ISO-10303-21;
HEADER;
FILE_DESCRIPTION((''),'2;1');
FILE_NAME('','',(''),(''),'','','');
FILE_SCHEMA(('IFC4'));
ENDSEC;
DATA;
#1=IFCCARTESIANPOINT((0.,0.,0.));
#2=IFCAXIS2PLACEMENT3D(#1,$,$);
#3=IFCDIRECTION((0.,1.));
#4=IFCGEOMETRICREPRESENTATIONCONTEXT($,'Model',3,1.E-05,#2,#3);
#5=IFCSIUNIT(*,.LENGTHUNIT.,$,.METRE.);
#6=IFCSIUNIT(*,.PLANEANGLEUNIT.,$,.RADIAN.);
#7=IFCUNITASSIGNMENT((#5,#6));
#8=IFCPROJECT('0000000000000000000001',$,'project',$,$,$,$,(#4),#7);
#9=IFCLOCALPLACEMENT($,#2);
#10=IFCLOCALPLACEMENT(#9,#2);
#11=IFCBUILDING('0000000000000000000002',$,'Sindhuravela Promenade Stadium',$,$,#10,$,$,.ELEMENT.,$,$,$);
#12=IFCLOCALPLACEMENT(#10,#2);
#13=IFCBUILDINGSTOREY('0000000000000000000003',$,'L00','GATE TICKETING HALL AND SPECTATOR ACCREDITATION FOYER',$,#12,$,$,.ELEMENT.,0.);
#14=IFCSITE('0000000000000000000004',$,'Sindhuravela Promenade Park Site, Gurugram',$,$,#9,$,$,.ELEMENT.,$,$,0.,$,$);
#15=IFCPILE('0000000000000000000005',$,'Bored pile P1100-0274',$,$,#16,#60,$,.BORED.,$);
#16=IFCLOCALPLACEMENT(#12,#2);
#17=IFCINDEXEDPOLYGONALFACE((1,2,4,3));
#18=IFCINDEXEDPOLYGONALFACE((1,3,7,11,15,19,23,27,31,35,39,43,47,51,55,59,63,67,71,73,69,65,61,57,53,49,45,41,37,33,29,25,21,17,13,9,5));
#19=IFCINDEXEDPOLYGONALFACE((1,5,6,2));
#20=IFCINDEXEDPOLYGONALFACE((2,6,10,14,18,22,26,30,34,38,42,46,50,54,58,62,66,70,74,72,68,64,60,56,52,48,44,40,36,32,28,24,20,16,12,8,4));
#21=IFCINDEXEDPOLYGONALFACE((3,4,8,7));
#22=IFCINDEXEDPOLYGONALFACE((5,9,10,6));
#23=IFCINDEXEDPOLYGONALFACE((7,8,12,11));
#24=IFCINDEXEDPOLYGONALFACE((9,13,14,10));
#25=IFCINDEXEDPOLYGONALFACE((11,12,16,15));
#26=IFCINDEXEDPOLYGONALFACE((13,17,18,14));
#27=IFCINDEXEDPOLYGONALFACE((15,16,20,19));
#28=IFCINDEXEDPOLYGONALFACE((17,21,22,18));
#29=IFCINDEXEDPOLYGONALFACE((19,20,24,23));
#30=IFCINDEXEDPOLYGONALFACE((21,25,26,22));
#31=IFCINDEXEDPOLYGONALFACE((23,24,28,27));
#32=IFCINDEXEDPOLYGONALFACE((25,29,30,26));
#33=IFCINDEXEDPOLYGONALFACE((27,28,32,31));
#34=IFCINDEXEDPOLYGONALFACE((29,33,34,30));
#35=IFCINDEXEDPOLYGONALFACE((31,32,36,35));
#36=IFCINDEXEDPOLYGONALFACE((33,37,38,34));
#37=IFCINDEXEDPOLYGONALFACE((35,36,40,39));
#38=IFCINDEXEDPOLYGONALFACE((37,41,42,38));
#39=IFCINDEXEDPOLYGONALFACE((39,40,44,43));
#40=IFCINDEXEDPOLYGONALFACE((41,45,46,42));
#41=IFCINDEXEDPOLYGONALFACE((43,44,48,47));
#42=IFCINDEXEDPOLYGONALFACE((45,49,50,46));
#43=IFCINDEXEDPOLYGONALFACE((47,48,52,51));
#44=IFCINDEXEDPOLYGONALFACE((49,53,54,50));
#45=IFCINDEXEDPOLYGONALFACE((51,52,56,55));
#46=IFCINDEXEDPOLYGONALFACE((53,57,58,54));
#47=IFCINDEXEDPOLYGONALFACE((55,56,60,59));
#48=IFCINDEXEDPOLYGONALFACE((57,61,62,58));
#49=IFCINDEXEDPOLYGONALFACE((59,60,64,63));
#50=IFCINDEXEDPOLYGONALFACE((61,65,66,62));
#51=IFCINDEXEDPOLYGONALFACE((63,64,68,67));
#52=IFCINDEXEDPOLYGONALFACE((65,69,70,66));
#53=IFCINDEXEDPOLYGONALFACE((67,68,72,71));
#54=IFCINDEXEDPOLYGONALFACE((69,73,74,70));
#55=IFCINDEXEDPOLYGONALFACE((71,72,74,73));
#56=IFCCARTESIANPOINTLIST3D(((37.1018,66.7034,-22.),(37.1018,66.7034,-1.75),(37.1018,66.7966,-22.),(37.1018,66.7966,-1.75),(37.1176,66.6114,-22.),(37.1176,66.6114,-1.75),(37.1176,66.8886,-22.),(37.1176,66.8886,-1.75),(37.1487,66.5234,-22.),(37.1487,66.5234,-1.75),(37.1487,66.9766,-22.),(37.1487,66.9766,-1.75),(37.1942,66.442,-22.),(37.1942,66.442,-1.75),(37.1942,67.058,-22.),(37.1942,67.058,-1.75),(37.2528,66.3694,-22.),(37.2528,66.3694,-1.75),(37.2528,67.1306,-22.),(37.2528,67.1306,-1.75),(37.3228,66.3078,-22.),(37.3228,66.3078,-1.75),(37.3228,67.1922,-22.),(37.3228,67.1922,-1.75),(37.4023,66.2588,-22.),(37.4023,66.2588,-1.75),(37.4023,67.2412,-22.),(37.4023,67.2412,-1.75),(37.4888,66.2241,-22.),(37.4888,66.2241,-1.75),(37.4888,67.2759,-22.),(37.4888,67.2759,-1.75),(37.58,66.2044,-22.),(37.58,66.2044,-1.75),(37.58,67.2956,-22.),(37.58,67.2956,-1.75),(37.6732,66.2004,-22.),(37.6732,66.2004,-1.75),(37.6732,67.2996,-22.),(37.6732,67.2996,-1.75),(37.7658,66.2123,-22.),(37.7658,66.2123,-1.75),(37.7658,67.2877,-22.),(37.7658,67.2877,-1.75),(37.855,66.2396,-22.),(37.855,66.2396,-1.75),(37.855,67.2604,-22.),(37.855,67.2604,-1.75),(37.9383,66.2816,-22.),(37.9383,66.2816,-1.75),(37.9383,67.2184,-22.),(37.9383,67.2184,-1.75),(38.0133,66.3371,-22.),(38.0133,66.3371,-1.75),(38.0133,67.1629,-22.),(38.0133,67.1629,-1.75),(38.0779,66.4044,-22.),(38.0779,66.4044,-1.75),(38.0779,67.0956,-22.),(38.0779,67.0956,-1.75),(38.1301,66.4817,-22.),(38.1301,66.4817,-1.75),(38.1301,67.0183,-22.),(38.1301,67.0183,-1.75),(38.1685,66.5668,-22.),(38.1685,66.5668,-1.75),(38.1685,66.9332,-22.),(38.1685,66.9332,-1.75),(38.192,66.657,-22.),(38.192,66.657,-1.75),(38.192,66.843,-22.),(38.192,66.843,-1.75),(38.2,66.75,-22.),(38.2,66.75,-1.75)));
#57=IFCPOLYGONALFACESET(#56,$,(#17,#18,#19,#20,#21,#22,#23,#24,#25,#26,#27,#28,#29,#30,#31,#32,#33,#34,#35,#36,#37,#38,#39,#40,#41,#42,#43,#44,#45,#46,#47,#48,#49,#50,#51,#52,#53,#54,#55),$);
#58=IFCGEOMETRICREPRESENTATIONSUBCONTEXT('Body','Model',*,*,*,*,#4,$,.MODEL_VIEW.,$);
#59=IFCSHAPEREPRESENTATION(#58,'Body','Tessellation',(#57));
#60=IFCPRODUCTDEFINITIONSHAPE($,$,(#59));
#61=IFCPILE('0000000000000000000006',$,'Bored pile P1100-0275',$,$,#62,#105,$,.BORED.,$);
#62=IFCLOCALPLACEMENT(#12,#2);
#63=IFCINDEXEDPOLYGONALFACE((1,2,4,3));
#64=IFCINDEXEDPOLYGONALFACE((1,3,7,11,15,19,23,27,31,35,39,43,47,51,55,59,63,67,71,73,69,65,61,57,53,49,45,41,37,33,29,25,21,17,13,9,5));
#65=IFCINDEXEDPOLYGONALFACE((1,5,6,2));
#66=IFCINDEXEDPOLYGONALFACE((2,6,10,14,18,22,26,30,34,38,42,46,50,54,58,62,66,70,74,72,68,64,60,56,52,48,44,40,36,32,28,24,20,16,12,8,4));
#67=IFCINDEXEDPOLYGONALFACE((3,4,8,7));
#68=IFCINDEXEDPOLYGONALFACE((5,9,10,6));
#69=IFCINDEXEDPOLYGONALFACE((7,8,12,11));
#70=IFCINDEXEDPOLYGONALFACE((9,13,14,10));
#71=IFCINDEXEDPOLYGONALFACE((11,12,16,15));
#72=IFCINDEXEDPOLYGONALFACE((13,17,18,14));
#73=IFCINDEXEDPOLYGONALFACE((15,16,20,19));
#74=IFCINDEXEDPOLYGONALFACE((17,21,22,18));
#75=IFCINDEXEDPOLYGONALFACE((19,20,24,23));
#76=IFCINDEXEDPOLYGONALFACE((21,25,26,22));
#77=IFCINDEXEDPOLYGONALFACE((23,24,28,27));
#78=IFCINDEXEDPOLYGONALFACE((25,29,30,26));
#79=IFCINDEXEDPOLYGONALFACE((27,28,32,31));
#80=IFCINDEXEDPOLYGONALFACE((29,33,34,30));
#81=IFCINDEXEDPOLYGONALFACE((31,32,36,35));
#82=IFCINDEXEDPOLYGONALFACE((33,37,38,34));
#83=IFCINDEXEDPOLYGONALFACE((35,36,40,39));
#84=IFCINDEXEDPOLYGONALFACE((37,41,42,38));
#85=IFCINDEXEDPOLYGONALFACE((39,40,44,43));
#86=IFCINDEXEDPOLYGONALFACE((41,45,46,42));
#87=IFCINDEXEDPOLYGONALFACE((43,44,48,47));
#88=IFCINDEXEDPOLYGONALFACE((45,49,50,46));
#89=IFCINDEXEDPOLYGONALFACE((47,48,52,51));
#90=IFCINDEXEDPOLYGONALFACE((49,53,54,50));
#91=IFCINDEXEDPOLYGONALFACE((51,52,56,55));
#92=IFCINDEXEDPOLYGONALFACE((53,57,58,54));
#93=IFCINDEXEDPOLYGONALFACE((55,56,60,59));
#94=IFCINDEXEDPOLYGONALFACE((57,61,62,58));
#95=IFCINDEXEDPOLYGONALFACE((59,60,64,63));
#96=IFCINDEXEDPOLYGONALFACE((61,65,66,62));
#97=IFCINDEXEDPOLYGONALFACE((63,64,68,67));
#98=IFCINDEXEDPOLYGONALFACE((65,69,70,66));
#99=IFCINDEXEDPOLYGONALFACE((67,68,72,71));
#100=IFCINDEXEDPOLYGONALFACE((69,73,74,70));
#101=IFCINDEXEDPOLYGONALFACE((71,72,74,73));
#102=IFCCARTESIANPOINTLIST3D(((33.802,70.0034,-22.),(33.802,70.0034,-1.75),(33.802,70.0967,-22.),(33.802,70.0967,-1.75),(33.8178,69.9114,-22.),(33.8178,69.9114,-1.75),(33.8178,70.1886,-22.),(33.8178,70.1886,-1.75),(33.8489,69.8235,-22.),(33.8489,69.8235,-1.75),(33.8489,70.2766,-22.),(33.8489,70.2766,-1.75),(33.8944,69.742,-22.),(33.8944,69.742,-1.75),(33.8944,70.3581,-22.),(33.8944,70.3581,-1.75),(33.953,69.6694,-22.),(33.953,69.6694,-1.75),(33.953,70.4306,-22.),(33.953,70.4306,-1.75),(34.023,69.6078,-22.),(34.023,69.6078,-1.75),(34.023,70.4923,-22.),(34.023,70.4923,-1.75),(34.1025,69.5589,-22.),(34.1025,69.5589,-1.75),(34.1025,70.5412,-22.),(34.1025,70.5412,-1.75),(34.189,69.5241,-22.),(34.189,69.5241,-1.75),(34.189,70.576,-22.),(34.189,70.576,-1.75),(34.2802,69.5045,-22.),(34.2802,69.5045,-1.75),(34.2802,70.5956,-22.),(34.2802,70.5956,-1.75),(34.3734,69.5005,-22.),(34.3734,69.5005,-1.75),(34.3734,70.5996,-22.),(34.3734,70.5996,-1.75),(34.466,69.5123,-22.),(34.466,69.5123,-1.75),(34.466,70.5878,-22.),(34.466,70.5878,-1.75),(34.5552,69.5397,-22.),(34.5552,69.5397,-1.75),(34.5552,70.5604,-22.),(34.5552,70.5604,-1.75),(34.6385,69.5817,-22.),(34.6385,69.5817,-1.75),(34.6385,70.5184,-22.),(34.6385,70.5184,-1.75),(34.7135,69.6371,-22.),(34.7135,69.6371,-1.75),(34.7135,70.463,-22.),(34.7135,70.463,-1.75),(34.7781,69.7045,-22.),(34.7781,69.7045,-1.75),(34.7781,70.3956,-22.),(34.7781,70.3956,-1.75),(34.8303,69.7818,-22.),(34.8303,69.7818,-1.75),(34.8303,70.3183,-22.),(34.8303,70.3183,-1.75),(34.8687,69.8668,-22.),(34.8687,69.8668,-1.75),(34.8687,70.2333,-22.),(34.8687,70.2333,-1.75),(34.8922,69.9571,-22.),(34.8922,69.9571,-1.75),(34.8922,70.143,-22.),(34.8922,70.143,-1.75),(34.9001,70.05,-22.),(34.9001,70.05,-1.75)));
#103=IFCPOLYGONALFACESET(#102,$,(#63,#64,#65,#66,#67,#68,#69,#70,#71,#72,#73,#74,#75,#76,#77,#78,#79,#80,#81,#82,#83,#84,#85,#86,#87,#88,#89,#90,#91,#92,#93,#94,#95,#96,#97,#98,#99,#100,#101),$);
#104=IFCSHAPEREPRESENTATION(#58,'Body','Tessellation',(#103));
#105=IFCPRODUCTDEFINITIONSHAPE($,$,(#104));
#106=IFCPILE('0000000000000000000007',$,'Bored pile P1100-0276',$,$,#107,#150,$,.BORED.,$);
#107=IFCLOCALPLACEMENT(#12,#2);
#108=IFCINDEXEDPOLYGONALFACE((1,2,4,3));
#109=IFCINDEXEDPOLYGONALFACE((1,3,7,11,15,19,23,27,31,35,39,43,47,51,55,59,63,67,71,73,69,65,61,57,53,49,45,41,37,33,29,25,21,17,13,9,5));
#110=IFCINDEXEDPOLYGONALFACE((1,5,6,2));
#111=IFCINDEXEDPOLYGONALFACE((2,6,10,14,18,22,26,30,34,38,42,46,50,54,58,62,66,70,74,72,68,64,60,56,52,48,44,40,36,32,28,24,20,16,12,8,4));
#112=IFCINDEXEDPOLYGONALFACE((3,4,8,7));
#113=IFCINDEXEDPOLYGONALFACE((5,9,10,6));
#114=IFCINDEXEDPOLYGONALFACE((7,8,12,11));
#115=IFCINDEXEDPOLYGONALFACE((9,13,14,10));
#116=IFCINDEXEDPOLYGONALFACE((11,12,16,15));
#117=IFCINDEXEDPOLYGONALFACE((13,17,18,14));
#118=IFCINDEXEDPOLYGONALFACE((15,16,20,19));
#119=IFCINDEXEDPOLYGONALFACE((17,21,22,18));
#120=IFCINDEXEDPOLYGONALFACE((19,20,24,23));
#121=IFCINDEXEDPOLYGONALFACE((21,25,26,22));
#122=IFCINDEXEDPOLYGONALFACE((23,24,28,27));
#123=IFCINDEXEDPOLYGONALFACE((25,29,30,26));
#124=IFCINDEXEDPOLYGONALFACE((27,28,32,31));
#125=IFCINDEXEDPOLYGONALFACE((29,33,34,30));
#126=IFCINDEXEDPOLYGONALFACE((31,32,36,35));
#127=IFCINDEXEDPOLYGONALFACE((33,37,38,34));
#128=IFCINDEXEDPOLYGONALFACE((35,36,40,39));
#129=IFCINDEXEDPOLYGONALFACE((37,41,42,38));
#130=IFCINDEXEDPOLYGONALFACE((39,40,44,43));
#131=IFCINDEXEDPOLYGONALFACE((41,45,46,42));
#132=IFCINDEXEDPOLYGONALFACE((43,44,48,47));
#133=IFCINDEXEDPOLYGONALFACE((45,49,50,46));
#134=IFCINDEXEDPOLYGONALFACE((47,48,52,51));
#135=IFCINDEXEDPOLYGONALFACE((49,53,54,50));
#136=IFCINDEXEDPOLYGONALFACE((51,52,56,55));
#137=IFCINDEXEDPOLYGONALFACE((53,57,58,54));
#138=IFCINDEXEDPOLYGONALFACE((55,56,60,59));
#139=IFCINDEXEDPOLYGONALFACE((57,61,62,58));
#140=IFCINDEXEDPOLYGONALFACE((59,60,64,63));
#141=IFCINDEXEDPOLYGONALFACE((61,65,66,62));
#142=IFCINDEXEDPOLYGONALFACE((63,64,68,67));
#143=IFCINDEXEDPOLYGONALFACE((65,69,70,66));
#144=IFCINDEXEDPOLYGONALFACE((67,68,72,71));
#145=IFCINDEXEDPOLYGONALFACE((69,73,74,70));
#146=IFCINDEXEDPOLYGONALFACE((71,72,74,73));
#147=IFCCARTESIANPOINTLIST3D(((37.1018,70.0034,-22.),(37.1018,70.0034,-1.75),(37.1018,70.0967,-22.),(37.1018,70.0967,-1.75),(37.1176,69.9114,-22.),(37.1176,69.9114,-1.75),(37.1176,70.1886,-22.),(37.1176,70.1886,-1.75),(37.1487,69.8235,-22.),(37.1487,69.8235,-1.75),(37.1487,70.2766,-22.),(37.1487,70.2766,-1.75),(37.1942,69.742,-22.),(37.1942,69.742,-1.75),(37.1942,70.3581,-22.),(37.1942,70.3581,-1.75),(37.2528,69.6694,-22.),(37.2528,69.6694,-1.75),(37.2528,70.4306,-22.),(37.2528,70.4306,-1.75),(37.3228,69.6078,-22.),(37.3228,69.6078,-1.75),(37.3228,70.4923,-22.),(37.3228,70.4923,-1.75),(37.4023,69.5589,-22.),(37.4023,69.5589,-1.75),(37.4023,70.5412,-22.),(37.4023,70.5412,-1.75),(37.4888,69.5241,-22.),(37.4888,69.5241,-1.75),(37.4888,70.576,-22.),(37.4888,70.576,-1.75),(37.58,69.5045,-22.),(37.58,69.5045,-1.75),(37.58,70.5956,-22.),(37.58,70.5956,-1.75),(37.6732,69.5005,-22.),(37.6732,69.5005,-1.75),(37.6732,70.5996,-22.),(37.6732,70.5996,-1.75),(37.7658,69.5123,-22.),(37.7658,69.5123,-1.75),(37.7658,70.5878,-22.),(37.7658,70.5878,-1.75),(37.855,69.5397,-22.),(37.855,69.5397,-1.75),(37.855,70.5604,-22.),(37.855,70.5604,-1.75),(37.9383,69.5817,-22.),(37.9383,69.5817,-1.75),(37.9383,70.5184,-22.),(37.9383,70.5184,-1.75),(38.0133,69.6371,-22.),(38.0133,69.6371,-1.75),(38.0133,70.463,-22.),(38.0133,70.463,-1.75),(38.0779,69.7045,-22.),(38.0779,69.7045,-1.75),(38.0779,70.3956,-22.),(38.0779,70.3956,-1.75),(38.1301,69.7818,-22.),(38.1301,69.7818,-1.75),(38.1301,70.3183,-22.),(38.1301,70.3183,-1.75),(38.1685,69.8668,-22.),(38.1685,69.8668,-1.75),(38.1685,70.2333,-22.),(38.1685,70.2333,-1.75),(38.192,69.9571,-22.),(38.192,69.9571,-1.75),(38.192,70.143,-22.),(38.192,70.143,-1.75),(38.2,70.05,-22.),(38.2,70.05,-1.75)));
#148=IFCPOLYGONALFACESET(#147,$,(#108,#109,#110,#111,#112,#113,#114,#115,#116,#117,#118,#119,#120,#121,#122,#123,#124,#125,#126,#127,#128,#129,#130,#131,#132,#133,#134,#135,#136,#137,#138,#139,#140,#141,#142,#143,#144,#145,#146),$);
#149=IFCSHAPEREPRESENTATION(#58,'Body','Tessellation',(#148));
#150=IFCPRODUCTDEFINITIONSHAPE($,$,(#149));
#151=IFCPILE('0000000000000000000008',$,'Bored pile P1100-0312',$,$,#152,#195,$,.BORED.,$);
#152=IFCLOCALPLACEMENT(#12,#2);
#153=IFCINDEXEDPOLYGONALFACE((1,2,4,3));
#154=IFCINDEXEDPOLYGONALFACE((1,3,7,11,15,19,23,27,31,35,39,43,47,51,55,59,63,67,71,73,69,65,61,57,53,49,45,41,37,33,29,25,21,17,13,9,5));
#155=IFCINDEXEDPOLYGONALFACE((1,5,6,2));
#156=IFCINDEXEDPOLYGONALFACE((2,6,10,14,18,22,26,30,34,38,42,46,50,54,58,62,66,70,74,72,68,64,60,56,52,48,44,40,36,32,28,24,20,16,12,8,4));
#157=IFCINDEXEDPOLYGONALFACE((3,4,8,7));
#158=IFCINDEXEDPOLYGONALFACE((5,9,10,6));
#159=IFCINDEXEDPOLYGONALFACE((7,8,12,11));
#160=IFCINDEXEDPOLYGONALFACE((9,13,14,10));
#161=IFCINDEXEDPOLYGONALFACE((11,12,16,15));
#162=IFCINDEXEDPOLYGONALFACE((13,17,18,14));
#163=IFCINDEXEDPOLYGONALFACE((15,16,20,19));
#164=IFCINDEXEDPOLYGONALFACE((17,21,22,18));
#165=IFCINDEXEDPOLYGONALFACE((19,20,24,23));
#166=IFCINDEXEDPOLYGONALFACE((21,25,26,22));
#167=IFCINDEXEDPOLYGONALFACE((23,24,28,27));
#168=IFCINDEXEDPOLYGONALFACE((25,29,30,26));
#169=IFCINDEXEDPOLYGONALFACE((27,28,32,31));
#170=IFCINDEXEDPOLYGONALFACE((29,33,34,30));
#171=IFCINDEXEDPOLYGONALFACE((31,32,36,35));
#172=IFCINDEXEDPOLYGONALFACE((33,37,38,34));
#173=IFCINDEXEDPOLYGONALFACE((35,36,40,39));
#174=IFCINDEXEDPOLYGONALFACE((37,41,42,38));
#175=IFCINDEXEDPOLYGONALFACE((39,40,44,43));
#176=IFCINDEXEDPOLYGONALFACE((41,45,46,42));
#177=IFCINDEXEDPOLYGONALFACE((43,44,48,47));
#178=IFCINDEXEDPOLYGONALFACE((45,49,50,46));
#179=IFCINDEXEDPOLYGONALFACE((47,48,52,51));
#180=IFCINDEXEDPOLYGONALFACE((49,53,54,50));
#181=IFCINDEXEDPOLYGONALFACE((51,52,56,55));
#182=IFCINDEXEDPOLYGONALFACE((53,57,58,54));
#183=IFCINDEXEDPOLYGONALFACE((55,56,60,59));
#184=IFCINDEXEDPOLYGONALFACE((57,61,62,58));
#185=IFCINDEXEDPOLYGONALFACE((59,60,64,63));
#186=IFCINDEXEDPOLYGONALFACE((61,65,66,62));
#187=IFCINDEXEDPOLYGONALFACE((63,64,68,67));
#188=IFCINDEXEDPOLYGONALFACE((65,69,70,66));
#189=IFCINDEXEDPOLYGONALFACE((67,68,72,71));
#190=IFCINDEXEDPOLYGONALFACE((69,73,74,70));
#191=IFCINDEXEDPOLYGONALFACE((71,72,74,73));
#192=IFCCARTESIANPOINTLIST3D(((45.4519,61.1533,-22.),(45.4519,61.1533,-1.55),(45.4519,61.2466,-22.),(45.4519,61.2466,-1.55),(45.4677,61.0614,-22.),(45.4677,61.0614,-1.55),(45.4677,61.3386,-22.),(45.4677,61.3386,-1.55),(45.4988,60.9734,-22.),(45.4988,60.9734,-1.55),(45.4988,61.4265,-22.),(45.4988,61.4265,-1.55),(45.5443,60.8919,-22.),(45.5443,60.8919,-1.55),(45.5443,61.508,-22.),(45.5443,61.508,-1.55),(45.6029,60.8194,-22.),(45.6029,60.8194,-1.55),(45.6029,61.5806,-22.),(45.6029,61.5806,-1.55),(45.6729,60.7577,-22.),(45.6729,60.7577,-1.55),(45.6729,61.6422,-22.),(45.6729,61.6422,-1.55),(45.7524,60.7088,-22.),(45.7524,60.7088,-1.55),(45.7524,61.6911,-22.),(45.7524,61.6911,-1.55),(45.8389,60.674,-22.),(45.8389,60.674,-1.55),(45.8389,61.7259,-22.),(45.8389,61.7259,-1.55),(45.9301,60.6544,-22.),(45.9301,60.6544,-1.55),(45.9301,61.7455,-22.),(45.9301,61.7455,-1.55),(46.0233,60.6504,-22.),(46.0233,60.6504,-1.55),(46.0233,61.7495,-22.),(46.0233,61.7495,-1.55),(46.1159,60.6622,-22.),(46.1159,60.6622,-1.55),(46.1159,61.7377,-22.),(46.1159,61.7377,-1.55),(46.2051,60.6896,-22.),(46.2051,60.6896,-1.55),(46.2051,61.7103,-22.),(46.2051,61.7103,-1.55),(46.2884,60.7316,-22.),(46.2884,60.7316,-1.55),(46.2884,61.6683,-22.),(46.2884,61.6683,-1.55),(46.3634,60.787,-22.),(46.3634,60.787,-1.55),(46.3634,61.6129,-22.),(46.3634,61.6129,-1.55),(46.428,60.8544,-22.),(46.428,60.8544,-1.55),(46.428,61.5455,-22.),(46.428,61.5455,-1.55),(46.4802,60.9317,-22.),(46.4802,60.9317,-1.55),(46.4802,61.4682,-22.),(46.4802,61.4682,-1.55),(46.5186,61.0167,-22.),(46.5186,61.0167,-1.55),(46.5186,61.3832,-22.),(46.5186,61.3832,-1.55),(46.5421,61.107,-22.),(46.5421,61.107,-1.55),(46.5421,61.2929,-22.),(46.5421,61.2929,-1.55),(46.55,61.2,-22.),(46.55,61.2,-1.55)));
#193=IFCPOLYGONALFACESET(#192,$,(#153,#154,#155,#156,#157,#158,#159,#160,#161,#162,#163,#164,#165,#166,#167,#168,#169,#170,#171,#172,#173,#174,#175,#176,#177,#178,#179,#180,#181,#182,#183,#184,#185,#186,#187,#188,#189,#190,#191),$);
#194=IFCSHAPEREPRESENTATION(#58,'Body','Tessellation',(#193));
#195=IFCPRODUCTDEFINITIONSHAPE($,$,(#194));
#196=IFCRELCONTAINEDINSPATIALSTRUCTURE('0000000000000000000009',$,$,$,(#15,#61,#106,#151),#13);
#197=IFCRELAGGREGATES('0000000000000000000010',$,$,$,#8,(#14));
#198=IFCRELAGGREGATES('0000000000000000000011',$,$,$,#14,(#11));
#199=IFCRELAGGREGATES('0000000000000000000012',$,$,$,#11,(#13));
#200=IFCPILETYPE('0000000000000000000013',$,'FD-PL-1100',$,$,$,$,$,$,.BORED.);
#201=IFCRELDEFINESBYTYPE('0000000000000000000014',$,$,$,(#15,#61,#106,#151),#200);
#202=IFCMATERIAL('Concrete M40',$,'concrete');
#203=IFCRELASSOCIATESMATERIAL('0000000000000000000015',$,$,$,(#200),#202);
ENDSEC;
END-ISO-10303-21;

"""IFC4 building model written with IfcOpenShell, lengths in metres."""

from ifc_helpers import new_model, si_unit, direction, frame, origin, origin_2d, place, context, subcontext, project, spatial, circle, extrude, material, material_profile, profile_set, type_object, element, save


model = new_model("IFC4")

# Units and contexts
model_context = context("Model", 3, precision=1e-05, world=origin(), true_north=direction((0.0, 1.0)))
body_context = subcontext(model_context, "Body", "Model", "MODEL_VIEW")
ifc_project = project(units=[si_unit("LENGTHUNIT", "METRE"), si_unit("PLANEANGLEUNIT", "RADIAN")], contexts=[model_context])

# Site, building, storey
site_placement = place(None, origin())
site = spatial("IfcSite", under=ifc_project, at=site_placement, Name="Sindhuravela Promenade Park Site, Gurugram", CompositionType="ELEMENT", RefElevation=0.0)
building_placement = place(site_placement, origin())
building = spatial("IfcBuilding", under=site, at=building_placement, Name="Sindhuravela Promenade Stadium", CompositionType="ELEMENT")
storey_placement = place(building_placement, origin())
storey = spatial("IfcBuildingStorey", under=building, at=storey_placement, Name="L00", Description="GATE TICKETING HALL AND SPECTATOR ACCREDITATION FOYER", CompositionType="ELEMENT", Elevation=0.0)

# Piles
ifc_material_1 = material(Name="Concrete M40", Category="concrete")
ifc_material_profile_1 = material_profile(ifc_material_1, circle(Radius=0.55, at=origin_2d()), Name="BORED PILE D1100")
ifc_profile_set_1 = profile_set([ifc_material_profile_1], Name="Concrete M40")
pile_type = type_object("IfcPileType", Name="FD-PL-1100", PredefinedType="BORED", material=ifc_profile_set_1)
for number, where, z_axis, x_axis, name in (
    (1, (37.6499, 66.75, -1.75), (0.0, 0.0, -1.0), (1.0, 0.0, 0.0), "Bored pile P1100-0274"),
    (2, (34.3501, 70.05, -1.75), (0.0, 0.0, -1.0), (1.0, 0.0, 0.0), "Bored pile P1100-0275"),
    (3, (37.6499, 70.05, -1.75), (0.0, 0.0, -1.0), (1.0, 0.0, 0.0), "Bored pile P1100-0276"),
):
    element("IfcPile", number, at=place(storey_placement, frame(where, z_axis=z_axis, x_axis=x_axis)), inside=storey, type_object=pile_type, Name=name, PredefinedType="BORED", context=body_context, shape_type="SweptSolid", body=[
        extrude(circle(Radius=0.55, at=origin_2d()), origin(), (0.0, 0.0, 1.0), 20.25),
    ])
for number, where, z_axis, x_axis, name in (
    (4, (46.0, 61.2, -1.55), (0.0, 0.0, -1.0), (1.0, 0.0, 0.0), "Bored pile P1100-0312"),
):
    element("IfcPile", number, at=place(storey_placement, frame(where, z_axis=z_axis, x_axis=x_axis)), inside=storey, type_object=pile_type, Name=name, PredefinedType="BORED", context=body_context, shape_type="SweptSolid", body=[
        extrude(circle(Radius=0.55, at=origin_2d()), origin(), (0.0, 0.0, 1.0), 20.45),
    ])

save(model, "model.ifc")
